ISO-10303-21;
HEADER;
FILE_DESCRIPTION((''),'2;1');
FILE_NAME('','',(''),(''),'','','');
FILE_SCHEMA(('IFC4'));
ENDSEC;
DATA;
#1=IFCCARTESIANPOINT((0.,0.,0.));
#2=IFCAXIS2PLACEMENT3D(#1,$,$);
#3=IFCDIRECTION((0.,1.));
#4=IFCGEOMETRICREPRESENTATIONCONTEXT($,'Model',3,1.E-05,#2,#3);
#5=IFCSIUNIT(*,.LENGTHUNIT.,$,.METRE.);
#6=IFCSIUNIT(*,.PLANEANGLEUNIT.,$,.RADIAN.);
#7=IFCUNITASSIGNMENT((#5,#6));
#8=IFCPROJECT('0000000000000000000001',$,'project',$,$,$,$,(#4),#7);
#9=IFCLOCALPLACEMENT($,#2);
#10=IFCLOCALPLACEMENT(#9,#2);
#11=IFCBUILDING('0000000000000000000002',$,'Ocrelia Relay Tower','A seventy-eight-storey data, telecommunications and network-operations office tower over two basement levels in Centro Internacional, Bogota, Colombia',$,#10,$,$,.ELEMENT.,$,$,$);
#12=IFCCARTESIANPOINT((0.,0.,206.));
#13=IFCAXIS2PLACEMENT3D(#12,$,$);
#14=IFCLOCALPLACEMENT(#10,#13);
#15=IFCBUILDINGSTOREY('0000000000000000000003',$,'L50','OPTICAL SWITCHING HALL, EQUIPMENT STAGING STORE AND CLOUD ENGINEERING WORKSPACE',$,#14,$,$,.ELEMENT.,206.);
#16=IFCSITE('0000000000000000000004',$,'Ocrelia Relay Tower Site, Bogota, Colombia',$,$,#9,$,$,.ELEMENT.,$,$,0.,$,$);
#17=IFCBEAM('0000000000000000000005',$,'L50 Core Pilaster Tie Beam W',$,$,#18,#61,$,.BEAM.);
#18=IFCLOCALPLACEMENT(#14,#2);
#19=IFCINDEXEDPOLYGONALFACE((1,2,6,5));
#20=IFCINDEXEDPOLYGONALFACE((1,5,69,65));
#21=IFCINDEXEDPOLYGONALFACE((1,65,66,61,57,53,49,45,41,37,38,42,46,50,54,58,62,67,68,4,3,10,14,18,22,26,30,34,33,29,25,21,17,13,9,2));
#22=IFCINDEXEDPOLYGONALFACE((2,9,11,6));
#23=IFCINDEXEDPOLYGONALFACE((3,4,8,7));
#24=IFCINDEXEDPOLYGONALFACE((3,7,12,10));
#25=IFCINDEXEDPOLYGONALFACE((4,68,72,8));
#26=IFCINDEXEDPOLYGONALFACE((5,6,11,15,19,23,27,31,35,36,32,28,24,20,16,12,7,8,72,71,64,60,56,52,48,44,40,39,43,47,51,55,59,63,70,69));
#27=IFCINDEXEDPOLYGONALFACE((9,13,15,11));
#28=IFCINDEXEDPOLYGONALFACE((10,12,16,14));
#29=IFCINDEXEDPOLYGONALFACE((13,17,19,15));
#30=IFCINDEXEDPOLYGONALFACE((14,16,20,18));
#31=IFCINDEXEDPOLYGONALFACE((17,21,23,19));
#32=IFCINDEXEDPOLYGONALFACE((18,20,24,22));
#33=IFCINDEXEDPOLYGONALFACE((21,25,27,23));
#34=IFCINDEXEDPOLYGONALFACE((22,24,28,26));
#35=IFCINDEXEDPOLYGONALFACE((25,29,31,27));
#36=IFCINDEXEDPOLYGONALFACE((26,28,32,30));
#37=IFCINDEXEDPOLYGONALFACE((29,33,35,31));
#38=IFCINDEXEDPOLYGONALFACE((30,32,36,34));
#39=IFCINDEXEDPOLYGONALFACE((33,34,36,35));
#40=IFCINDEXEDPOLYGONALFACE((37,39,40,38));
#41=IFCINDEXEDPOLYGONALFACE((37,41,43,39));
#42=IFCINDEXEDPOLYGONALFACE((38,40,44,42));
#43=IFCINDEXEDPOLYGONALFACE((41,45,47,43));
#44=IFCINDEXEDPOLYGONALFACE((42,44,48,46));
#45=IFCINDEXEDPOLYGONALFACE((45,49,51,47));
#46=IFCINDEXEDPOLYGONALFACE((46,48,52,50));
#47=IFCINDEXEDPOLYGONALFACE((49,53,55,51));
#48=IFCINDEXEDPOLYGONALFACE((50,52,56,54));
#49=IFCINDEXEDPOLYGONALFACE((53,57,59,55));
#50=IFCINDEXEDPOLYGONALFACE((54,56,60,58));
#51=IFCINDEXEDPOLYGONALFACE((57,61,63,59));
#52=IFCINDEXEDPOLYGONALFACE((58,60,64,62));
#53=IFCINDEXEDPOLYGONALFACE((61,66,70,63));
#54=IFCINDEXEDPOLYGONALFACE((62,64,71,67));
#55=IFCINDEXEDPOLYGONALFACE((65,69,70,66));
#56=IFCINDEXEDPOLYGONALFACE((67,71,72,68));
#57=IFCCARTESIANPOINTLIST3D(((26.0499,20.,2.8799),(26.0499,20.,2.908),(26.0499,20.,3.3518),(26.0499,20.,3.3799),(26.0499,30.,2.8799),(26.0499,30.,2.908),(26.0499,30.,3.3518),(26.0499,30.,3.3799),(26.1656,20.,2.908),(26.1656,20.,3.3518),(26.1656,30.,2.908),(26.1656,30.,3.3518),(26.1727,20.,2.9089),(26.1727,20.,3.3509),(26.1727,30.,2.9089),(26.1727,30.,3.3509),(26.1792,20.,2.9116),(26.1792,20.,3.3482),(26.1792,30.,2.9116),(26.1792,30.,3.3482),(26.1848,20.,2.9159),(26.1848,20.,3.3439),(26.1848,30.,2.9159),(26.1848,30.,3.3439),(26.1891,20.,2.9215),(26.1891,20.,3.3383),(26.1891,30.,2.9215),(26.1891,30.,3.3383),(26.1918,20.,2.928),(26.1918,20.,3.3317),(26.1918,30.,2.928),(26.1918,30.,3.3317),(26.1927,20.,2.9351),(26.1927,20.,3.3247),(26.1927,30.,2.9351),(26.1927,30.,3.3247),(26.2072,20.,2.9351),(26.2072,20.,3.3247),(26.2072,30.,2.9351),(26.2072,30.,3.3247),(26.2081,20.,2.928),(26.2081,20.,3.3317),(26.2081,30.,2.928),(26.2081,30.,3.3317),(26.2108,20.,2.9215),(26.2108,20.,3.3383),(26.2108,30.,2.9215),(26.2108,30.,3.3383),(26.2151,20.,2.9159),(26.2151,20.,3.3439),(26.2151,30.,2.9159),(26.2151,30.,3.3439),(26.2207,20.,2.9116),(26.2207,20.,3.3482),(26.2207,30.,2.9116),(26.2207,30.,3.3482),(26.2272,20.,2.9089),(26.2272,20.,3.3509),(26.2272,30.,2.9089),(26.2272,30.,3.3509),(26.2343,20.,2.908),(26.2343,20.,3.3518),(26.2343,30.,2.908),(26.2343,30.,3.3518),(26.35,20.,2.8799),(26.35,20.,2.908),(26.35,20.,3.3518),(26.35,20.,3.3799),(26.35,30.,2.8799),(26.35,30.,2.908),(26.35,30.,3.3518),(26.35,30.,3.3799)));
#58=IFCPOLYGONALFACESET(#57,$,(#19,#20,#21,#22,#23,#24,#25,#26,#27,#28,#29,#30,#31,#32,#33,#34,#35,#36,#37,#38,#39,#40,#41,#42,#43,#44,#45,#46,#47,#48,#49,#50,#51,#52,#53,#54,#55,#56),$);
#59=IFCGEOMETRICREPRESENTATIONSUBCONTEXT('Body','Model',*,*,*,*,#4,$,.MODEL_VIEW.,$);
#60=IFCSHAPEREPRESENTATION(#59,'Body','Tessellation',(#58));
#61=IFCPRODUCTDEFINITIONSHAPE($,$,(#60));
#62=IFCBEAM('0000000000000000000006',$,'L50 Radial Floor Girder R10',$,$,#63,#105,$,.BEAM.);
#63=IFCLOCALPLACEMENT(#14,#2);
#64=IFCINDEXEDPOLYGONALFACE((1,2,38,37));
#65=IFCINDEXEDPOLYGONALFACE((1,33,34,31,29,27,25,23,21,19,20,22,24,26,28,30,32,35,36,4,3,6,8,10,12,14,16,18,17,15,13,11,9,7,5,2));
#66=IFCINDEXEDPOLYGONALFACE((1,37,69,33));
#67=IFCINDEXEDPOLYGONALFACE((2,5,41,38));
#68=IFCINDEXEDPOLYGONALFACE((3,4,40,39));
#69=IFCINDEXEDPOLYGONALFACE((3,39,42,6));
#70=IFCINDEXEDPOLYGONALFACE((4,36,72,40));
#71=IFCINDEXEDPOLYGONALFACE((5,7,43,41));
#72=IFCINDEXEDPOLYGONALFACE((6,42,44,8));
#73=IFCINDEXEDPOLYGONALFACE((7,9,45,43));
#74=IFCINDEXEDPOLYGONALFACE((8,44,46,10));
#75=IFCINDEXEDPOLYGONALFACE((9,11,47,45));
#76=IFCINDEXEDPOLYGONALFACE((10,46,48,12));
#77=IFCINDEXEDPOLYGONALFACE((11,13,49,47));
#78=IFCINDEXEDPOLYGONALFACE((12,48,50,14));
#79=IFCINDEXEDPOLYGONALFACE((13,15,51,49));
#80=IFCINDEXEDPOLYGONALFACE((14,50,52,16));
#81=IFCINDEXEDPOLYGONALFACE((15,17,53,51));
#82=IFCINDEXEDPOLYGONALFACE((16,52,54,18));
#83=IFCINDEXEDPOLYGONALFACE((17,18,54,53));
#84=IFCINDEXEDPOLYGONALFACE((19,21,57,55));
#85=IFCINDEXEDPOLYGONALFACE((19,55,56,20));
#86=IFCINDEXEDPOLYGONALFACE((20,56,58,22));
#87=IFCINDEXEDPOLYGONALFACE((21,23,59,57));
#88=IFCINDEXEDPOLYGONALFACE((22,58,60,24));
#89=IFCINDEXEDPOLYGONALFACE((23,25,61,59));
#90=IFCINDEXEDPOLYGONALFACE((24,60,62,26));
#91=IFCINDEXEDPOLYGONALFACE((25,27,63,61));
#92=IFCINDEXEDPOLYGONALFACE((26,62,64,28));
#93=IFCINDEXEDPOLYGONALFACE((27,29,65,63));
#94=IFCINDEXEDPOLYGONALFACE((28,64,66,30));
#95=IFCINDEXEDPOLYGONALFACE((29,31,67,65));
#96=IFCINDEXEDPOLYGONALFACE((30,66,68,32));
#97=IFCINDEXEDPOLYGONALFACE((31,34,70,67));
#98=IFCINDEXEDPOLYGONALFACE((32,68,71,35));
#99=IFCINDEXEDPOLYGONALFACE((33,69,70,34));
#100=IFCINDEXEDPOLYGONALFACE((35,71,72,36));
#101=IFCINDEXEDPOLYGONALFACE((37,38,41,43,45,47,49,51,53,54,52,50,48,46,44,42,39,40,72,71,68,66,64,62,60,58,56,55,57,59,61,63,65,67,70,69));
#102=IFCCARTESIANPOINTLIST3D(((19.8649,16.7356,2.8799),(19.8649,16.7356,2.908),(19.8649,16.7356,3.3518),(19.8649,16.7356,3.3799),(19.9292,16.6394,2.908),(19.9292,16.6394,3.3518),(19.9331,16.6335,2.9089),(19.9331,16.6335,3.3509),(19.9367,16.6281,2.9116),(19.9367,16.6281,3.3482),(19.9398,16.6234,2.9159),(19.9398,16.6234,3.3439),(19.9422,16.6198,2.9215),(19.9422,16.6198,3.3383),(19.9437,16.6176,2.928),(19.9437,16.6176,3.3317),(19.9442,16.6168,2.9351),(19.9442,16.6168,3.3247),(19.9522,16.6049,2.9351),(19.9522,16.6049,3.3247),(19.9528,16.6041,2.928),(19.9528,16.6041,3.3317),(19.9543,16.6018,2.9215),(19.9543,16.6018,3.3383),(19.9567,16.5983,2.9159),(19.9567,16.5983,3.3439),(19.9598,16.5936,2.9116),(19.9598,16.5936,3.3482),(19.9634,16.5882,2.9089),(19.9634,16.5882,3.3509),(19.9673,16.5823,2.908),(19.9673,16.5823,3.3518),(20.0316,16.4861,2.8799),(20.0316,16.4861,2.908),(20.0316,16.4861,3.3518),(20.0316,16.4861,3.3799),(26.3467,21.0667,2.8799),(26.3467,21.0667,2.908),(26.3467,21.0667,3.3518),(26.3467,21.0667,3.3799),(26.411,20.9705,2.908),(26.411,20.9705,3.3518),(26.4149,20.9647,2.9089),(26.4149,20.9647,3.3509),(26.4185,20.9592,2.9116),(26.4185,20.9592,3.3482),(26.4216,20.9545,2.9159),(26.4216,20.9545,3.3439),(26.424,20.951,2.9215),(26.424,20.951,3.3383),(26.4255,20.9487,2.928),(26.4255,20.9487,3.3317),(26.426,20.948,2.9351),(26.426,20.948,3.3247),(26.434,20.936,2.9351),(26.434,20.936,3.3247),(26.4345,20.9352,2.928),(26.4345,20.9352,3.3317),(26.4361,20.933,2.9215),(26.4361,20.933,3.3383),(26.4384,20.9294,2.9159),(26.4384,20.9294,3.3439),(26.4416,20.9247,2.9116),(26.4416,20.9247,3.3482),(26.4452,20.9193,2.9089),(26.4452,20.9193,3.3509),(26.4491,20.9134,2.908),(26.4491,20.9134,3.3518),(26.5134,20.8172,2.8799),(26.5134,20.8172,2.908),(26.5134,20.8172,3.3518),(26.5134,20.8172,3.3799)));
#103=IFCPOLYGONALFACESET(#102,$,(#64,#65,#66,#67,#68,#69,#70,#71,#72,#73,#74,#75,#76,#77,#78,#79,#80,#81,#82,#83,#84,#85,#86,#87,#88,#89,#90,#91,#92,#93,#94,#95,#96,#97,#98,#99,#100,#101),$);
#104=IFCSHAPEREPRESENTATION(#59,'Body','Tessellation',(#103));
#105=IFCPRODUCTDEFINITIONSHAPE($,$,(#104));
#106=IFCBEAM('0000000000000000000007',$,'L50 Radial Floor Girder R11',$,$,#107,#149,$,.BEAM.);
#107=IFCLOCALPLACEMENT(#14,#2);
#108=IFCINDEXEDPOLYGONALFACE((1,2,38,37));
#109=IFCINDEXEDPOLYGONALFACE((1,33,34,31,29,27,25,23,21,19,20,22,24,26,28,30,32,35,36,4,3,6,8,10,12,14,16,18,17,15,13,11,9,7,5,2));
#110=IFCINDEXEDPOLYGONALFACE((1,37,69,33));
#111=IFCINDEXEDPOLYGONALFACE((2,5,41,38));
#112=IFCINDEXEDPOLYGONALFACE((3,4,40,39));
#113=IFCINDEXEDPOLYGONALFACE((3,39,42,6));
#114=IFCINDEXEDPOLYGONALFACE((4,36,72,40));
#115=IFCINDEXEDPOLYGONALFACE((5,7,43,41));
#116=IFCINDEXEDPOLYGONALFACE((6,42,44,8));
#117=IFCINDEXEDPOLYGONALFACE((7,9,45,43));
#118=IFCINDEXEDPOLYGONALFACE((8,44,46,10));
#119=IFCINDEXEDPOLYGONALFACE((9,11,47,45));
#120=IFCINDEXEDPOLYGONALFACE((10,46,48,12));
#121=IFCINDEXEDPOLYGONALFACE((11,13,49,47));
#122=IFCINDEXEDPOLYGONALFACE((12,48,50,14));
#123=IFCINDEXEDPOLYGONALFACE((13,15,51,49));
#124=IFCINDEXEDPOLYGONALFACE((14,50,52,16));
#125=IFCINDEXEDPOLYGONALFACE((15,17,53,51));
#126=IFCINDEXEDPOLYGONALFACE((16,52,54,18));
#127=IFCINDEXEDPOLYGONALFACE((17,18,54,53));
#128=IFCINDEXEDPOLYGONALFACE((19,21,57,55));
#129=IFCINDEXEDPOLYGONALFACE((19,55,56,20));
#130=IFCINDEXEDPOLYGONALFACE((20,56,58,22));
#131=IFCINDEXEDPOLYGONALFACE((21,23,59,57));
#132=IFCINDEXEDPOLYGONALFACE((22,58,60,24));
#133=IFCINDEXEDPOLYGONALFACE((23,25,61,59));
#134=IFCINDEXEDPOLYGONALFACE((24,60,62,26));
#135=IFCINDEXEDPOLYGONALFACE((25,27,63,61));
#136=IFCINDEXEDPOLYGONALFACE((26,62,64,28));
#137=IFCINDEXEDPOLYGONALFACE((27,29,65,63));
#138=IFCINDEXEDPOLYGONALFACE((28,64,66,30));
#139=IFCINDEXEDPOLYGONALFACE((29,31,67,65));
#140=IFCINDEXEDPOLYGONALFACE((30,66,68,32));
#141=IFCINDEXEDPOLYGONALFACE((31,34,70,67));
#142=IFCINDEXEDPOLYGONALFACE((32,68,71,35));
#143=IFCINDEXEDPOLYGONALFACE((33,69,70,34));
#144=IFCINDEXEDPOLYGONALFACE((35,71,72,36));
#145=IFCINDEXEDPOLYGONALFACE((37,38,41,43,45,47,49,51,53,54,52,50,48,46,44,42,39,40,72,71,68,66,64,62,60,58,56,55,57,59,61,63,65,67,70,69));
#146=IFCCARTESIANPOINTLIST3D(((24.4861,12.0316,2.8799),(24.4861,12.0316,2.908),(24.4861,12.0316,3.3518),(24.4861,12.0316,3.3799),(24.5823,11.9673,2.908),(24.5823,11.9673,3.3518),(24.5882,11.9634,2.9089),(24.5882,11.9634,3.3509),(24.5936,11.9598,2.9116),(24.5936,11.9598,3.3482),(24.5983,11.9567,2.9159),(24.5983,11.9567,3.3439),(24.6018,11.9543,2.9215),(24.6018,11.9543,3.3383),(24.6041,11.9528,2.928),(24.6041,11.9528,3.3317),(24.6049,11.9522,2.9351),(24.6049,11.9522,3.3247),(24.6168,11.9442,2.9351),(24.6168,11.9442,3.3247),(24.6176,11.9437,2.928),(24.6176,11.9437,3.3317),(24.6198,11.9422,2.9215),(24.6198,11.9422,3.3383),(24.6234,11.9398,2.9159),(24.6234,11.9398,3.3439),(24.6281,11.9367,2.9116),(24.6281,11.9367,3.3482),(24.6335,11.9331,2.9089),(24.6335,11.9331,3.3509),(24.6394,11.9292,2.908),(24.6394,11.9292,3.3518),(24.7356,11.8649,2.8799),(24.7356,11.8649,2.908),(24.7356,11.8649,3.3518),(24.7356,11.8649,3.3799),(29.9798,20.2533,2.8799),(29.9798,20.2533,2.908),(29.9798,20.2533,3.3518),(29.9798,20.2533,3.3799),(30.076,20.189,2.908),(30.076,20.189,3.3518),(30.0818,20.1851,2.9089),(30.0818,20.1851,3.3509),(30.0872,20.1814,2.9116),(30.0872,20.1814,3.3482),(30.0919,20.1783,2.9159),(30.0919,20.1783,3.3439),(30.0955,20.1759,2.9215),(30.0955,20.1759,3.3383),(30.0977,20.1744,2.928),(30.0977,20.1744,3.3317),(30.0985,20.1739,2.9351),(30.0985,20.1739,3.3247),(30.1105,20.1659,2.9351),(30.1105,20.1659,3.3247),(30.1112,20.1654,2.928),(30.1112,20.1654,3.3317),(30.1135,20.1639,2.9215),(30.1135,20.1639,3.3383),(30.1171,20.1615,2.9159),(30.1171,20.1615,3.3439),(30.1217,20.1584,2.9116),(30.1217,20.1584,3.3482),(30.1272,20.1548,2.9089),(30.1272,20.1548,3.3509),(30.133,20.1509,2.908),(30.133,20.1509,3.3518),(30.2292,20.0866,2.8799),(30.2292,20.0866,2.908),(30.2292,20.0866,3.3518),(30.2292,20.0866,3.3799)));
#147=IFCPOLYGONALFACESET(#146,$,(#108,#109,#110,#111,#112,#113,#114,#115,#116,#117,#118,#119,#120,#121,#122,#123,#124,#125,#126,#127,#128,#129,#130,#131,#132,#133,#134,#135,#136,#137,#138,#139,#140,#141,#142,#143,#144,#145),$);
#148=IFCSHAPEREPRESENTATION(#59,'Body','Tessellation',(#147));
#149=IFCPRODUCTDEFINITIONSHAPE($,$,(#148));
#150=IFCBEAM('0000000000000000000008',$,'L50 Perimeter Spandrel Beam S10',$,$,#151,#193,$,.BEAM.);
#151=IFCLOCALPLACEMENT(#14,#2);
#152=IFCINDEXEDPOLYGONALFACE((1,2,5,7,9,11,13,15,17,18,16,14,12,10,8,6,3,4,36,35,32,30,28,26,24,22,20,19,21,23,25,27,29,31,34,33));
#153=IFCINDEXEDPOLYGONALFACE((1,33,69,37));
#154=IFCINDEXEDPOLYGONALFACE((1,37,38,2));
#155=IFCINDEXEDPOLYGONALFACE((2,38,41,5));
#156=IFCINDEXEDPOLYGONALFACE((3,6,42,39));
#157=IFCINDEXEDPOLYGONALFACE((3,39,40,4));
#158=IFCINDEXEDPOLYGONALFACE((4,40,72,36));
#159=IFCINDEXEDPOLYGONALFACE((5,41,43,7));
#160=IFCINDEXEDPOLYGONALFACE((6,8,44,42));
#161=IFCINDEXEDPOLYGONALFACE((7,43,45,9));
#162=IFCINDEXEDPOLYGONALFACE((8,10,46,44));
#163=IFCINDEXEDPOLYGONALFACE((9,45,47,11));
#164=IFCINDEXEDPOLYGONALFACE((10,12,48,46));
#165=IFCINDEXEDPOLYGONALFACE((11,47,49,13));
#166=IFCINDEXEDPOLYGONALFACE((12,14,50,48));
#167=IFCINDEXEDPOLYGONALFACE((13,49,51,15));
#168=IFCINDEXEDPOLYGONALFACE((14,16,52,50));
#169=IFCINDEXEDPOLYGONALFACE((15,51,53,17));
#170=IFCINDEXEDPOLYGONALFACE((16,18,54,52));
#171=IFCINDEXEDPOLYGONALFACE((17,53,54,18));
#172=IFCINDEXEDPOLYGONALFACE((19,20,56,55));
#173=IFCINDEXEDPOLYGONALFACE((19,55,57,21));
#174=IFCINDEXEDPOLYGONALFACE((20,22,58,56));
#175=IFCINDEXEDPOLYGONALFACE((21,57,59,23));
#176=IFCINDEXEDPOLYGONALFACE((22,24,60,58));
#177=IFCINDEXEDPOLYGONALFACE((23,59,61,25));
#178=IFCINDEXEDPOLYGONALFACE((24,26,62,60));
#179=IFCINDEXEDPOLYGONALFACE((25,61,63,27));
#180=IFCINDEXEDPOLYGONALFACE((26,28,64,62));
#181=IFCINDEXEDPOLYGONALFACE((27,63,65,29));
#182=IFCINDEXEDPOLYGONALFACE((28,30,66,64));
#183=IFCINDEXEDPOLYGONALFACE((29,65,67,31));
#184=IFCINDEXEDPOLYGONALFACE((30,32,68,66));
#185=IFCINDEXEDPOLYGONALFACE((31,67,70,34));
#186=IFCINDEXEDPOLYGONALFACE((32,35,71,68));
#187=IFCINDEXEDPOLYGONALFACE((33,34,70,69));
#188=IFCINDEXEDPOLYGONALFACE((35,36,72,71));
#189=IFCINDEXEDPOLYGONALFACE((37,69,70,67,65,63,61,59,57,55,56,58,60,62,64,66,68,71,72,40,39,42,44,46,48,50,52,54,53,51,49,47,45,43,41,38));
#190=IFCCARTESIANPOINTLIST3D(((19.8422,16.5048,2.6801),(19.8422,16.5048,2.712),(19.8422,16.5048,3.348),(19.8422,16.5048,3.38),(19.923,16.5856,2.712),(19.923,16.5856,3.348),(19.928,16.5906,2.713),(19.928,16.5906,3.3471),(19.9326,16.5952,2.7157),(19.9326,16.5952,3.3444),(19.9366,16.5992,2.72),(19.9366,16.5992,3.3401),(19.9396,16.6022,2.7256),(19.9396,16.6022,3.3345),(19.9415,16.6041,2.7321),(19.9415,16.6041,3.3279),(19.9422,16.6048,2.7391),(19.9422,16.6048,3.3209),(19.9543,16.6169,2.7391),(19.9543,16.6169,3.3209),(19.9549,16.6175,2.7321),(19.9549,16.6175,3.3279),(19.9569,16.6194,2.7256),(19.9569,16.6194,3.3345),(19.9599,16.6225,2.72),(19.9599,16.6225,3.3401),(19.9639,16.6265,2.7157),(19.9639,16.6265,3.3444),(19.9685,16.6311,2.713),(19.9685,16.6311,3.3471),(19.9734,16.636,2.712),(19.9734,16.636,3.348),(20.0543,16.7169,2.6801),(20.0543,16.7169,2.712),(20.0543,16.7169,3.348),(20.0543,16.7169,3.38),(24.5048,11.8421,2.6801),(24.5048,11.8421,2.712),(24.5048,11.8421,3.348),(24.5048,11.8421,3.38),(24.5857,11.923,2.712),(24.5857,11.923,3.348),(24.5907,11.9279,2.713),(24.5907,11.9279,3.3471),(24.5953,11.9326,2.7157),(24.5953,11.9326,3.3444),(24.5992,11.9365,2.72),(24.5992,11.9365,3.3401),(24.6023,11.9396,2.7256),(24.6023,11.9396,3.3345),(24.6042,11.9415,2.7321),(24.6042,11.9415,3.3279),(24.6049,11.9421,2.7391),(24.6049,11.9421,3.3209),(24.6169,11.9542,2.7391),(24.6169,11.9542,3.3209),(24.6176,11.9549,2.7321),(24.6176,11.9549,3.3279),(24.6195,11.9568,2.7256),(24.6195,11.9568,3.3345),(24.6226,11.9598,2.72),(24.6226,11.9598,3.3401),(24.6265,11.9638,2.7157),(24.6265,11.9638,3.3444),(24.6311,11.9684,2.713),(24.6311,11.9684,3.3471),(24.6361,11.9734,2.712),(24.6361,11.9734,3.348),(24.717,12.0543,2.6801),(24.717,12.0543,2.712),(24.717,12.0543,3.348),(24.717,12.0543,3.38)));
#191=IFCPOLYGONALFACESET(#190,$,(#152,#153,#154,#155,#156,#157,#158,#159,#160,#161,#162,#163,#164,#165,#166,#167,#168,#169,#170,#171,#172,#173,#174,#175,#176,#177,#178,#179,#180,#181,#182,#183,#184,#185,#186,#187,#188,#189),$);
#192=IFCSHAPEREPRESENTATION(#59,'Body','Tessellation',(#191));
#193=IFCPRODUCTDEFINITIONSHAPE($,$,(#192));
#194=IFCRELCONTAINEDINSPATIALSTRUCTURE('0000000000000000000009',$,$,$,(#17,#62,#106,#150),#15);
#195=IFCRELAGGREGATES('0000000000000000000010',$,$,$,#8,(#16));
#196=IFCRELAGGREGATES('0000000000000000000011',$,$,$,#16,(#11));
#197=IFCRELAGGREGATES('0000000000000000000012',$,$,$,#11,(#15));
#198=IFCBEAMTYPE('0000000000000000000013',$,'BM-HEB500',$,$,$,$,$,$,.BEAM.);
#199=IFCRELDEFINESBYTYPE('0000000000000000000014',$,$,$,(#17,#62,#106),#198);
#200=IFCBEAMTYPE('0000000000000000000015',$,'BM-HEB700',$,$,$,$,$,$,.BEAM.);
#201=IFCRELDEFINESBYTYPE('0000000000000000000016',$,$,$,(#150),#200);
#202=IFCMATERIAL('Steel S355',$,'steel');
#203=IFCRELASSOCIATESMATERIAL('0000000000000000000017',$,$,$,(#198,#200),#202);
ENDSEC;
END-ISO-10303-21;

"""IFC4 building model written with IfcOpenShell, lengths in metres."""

from ifc_helpers import new_model, si_unit, direction, frame, origin, origin_2d, place, context, subcontext, project, spatial, i_section, extrude, material, material_profile, profile_set, type_object, element, save


model = new_model("IFC4")

# Units and contexts
model_context = context("Model", 3, precision=1e-05, world=origin(), true_north=direction((0.0, 1.0)))
body_context = subcontext(model_context, "Body", "Model", "MODEL_VIEW")
ifc_project = project(units=[si_unit("LENGTHUNIT", "METRE"), si_unit("PLANEANGLEUNIT", "RADIAN")], contexts=[model_context])

# Site, building, storey
site_placement = place(None, origin())
site = spatial("IfcSite", under=ifc_project, at=site_placement, Name="Ocrelia Relay Tower Site, Bogota, Colombia", CompositionType="ELEMENT", RefElevation=0.0)
building_placement = place(site_placement, origin())
building = spatial("IfcBuilding", under=site, at=building_placement, Name="Ocrelia Relay Tower", Description="A seventy-eight-storey data, telecommunications and network-operations office tower over two basement levels in Centro Internacional, Bogota, Colombia", CompositionType="ELEMENT")
storey_placement = place(building_placement, frame((0.0, 0.0, 206.0)))
storey = spatial("IfcBuildingStorey", under=building, at=storey_placement, Name="L50", Description="OPTICAL SWITCHING HALL, EQUIPMENT STAGING STORE AND CLOUD ENGINEERING WORKSPACE", CompositionType="ELEMENT", Elevation=206.0)

# Beams
ifc_material_1 = material(Name="Steel S355", Category="steel")
ifc_material_profile_1 = material_profile(ifc_material_1, i_section(OverallWidth=0.3, OverallDepth=0.5, WebThickness=0.0144, FlangeThickness=0.0281, FilletRadius=0.0271, at=origin_2d()), Name="HEB 500")
ifc_profile_set_1 = profile_set([ifc_material_profile_1], Name="Steel S355")
beam_type_1 = type_object("IfcBeamType", Name="BM-HEB500", PredefinedType="BEAM", material=ifc_profile_set_1)
beam_1_placement = place(storey_placement, frame((26.2, 20.0, 3.1299), z_axis=(0.0, 1.0, 0.0), x_axis=(-1.0, 0.0, 0.0)))
element("IfcBeam", 1, at=beam_1_placement, inside=storey, type_object=beam_type_1, Name="L50 Core Pilaster Tie Beam W", PredefinedType="BEAM", context=body_context, shape_type="SweptSolid", body=[
    extrude(i_section(OverallWidth=0.3, OverallDepth=0.5, WebThickness=0.0144, FlangeThickness=0.0281, FilletRadius=0.0271, at=origin_2d()), origin(), (0.0, 0.0, 1.0), 10.0),
])
beam_2_placement = place(storey_placement, frame((19.9482, 16.6108, 3.1299), z_axis=(0.831462, 0.555582, 0.0), x_axis=(-0.555582, 0.831462, 0.0)))
element("IfcBeam", 2, at=beam_2_placement, inside=storey, type_object=beam_type_1, Name="L50 Radial Floor Girder R10", PredefinedType="BEAM", context=body_context, shape_type="SweptSolid", body=[
    extrude(i_section(OverallWidth=0.3, OverallDepth=0.5, WebThickness=0.0144, FlangeThickness=0.0281, FilletRadius=0.0271, at=origin_2d()), origin(), (0.0, 0.0, 1.0), 7.7957),
])
beam_3_placement = place(storey_placement, frame((24.6108, 11.9482, 3.1299), z_axis=(0.555577, 0.831465, 0.0), x_axis=(-0.831465, 0.555577, 0.0)))
element("IfcBeam", 3, at=beam_3_placement, inside=storey, type_object=beam_type_1, Name="L50 Radial Floor Girder R11", PredefinedType="BEAM", context=body_context, shape_type="SweptSolid", body=[
    extrude(i_section(OverallWidth=0.3, OverallDepth=0.5, WebThickness=0.0144, FlangeThickness=0.0281, FilletRadius=0.0271, at=origin_2d()), origin(), (0.0, 0.0, 1.0), 9.8882),
])
ifc_material_profile_2 = material_profile(ifc_material_1, i_section(OverallWidth=0.3, OverallDepth=0.7, WebThickness=0.0171, FlangeThickness=0.032, FilletRadius=0.0271, at=origin_2d()), Name="HEB 700")
ifc_profile_set_2 = profile_set([ifc_material_profile_2], Name="Steel S355")
beam_type_2 = type_object("IfcBeamType", Name="BM-HEB700", PredefinedType="BEAM", material=ifc_profile_set_2)
for number, where, z_axis, x_axis, name in (
    (4, (19.9482, 16.6108, 3.03), (0.707107, -0.707107, 0.0), (0.707107, 0.707107, 0.0), "L50 Perimeter Spandrel Beam S10"),
):
    element("IfcBeam", number, at=place(storey_placement, frame(where, z_axis=z_axis, x_axis=x_axis)), inside=storey, type_object=beam_type_2, Name=name, PredefinedType="BEAM", context=body_context, shape_type="SweptSolid", body=[
        extrude(i_section(OverallWidth=0.3, OverallDepth=0.7, WebThickness=0.0171, FlangeThickness=0.032, FilletRadius=0.0271, at=origin_2d()), origin(), (0.0, 0.0, 1.0), 6.594),
    ])

save(model, "model.ifc")
